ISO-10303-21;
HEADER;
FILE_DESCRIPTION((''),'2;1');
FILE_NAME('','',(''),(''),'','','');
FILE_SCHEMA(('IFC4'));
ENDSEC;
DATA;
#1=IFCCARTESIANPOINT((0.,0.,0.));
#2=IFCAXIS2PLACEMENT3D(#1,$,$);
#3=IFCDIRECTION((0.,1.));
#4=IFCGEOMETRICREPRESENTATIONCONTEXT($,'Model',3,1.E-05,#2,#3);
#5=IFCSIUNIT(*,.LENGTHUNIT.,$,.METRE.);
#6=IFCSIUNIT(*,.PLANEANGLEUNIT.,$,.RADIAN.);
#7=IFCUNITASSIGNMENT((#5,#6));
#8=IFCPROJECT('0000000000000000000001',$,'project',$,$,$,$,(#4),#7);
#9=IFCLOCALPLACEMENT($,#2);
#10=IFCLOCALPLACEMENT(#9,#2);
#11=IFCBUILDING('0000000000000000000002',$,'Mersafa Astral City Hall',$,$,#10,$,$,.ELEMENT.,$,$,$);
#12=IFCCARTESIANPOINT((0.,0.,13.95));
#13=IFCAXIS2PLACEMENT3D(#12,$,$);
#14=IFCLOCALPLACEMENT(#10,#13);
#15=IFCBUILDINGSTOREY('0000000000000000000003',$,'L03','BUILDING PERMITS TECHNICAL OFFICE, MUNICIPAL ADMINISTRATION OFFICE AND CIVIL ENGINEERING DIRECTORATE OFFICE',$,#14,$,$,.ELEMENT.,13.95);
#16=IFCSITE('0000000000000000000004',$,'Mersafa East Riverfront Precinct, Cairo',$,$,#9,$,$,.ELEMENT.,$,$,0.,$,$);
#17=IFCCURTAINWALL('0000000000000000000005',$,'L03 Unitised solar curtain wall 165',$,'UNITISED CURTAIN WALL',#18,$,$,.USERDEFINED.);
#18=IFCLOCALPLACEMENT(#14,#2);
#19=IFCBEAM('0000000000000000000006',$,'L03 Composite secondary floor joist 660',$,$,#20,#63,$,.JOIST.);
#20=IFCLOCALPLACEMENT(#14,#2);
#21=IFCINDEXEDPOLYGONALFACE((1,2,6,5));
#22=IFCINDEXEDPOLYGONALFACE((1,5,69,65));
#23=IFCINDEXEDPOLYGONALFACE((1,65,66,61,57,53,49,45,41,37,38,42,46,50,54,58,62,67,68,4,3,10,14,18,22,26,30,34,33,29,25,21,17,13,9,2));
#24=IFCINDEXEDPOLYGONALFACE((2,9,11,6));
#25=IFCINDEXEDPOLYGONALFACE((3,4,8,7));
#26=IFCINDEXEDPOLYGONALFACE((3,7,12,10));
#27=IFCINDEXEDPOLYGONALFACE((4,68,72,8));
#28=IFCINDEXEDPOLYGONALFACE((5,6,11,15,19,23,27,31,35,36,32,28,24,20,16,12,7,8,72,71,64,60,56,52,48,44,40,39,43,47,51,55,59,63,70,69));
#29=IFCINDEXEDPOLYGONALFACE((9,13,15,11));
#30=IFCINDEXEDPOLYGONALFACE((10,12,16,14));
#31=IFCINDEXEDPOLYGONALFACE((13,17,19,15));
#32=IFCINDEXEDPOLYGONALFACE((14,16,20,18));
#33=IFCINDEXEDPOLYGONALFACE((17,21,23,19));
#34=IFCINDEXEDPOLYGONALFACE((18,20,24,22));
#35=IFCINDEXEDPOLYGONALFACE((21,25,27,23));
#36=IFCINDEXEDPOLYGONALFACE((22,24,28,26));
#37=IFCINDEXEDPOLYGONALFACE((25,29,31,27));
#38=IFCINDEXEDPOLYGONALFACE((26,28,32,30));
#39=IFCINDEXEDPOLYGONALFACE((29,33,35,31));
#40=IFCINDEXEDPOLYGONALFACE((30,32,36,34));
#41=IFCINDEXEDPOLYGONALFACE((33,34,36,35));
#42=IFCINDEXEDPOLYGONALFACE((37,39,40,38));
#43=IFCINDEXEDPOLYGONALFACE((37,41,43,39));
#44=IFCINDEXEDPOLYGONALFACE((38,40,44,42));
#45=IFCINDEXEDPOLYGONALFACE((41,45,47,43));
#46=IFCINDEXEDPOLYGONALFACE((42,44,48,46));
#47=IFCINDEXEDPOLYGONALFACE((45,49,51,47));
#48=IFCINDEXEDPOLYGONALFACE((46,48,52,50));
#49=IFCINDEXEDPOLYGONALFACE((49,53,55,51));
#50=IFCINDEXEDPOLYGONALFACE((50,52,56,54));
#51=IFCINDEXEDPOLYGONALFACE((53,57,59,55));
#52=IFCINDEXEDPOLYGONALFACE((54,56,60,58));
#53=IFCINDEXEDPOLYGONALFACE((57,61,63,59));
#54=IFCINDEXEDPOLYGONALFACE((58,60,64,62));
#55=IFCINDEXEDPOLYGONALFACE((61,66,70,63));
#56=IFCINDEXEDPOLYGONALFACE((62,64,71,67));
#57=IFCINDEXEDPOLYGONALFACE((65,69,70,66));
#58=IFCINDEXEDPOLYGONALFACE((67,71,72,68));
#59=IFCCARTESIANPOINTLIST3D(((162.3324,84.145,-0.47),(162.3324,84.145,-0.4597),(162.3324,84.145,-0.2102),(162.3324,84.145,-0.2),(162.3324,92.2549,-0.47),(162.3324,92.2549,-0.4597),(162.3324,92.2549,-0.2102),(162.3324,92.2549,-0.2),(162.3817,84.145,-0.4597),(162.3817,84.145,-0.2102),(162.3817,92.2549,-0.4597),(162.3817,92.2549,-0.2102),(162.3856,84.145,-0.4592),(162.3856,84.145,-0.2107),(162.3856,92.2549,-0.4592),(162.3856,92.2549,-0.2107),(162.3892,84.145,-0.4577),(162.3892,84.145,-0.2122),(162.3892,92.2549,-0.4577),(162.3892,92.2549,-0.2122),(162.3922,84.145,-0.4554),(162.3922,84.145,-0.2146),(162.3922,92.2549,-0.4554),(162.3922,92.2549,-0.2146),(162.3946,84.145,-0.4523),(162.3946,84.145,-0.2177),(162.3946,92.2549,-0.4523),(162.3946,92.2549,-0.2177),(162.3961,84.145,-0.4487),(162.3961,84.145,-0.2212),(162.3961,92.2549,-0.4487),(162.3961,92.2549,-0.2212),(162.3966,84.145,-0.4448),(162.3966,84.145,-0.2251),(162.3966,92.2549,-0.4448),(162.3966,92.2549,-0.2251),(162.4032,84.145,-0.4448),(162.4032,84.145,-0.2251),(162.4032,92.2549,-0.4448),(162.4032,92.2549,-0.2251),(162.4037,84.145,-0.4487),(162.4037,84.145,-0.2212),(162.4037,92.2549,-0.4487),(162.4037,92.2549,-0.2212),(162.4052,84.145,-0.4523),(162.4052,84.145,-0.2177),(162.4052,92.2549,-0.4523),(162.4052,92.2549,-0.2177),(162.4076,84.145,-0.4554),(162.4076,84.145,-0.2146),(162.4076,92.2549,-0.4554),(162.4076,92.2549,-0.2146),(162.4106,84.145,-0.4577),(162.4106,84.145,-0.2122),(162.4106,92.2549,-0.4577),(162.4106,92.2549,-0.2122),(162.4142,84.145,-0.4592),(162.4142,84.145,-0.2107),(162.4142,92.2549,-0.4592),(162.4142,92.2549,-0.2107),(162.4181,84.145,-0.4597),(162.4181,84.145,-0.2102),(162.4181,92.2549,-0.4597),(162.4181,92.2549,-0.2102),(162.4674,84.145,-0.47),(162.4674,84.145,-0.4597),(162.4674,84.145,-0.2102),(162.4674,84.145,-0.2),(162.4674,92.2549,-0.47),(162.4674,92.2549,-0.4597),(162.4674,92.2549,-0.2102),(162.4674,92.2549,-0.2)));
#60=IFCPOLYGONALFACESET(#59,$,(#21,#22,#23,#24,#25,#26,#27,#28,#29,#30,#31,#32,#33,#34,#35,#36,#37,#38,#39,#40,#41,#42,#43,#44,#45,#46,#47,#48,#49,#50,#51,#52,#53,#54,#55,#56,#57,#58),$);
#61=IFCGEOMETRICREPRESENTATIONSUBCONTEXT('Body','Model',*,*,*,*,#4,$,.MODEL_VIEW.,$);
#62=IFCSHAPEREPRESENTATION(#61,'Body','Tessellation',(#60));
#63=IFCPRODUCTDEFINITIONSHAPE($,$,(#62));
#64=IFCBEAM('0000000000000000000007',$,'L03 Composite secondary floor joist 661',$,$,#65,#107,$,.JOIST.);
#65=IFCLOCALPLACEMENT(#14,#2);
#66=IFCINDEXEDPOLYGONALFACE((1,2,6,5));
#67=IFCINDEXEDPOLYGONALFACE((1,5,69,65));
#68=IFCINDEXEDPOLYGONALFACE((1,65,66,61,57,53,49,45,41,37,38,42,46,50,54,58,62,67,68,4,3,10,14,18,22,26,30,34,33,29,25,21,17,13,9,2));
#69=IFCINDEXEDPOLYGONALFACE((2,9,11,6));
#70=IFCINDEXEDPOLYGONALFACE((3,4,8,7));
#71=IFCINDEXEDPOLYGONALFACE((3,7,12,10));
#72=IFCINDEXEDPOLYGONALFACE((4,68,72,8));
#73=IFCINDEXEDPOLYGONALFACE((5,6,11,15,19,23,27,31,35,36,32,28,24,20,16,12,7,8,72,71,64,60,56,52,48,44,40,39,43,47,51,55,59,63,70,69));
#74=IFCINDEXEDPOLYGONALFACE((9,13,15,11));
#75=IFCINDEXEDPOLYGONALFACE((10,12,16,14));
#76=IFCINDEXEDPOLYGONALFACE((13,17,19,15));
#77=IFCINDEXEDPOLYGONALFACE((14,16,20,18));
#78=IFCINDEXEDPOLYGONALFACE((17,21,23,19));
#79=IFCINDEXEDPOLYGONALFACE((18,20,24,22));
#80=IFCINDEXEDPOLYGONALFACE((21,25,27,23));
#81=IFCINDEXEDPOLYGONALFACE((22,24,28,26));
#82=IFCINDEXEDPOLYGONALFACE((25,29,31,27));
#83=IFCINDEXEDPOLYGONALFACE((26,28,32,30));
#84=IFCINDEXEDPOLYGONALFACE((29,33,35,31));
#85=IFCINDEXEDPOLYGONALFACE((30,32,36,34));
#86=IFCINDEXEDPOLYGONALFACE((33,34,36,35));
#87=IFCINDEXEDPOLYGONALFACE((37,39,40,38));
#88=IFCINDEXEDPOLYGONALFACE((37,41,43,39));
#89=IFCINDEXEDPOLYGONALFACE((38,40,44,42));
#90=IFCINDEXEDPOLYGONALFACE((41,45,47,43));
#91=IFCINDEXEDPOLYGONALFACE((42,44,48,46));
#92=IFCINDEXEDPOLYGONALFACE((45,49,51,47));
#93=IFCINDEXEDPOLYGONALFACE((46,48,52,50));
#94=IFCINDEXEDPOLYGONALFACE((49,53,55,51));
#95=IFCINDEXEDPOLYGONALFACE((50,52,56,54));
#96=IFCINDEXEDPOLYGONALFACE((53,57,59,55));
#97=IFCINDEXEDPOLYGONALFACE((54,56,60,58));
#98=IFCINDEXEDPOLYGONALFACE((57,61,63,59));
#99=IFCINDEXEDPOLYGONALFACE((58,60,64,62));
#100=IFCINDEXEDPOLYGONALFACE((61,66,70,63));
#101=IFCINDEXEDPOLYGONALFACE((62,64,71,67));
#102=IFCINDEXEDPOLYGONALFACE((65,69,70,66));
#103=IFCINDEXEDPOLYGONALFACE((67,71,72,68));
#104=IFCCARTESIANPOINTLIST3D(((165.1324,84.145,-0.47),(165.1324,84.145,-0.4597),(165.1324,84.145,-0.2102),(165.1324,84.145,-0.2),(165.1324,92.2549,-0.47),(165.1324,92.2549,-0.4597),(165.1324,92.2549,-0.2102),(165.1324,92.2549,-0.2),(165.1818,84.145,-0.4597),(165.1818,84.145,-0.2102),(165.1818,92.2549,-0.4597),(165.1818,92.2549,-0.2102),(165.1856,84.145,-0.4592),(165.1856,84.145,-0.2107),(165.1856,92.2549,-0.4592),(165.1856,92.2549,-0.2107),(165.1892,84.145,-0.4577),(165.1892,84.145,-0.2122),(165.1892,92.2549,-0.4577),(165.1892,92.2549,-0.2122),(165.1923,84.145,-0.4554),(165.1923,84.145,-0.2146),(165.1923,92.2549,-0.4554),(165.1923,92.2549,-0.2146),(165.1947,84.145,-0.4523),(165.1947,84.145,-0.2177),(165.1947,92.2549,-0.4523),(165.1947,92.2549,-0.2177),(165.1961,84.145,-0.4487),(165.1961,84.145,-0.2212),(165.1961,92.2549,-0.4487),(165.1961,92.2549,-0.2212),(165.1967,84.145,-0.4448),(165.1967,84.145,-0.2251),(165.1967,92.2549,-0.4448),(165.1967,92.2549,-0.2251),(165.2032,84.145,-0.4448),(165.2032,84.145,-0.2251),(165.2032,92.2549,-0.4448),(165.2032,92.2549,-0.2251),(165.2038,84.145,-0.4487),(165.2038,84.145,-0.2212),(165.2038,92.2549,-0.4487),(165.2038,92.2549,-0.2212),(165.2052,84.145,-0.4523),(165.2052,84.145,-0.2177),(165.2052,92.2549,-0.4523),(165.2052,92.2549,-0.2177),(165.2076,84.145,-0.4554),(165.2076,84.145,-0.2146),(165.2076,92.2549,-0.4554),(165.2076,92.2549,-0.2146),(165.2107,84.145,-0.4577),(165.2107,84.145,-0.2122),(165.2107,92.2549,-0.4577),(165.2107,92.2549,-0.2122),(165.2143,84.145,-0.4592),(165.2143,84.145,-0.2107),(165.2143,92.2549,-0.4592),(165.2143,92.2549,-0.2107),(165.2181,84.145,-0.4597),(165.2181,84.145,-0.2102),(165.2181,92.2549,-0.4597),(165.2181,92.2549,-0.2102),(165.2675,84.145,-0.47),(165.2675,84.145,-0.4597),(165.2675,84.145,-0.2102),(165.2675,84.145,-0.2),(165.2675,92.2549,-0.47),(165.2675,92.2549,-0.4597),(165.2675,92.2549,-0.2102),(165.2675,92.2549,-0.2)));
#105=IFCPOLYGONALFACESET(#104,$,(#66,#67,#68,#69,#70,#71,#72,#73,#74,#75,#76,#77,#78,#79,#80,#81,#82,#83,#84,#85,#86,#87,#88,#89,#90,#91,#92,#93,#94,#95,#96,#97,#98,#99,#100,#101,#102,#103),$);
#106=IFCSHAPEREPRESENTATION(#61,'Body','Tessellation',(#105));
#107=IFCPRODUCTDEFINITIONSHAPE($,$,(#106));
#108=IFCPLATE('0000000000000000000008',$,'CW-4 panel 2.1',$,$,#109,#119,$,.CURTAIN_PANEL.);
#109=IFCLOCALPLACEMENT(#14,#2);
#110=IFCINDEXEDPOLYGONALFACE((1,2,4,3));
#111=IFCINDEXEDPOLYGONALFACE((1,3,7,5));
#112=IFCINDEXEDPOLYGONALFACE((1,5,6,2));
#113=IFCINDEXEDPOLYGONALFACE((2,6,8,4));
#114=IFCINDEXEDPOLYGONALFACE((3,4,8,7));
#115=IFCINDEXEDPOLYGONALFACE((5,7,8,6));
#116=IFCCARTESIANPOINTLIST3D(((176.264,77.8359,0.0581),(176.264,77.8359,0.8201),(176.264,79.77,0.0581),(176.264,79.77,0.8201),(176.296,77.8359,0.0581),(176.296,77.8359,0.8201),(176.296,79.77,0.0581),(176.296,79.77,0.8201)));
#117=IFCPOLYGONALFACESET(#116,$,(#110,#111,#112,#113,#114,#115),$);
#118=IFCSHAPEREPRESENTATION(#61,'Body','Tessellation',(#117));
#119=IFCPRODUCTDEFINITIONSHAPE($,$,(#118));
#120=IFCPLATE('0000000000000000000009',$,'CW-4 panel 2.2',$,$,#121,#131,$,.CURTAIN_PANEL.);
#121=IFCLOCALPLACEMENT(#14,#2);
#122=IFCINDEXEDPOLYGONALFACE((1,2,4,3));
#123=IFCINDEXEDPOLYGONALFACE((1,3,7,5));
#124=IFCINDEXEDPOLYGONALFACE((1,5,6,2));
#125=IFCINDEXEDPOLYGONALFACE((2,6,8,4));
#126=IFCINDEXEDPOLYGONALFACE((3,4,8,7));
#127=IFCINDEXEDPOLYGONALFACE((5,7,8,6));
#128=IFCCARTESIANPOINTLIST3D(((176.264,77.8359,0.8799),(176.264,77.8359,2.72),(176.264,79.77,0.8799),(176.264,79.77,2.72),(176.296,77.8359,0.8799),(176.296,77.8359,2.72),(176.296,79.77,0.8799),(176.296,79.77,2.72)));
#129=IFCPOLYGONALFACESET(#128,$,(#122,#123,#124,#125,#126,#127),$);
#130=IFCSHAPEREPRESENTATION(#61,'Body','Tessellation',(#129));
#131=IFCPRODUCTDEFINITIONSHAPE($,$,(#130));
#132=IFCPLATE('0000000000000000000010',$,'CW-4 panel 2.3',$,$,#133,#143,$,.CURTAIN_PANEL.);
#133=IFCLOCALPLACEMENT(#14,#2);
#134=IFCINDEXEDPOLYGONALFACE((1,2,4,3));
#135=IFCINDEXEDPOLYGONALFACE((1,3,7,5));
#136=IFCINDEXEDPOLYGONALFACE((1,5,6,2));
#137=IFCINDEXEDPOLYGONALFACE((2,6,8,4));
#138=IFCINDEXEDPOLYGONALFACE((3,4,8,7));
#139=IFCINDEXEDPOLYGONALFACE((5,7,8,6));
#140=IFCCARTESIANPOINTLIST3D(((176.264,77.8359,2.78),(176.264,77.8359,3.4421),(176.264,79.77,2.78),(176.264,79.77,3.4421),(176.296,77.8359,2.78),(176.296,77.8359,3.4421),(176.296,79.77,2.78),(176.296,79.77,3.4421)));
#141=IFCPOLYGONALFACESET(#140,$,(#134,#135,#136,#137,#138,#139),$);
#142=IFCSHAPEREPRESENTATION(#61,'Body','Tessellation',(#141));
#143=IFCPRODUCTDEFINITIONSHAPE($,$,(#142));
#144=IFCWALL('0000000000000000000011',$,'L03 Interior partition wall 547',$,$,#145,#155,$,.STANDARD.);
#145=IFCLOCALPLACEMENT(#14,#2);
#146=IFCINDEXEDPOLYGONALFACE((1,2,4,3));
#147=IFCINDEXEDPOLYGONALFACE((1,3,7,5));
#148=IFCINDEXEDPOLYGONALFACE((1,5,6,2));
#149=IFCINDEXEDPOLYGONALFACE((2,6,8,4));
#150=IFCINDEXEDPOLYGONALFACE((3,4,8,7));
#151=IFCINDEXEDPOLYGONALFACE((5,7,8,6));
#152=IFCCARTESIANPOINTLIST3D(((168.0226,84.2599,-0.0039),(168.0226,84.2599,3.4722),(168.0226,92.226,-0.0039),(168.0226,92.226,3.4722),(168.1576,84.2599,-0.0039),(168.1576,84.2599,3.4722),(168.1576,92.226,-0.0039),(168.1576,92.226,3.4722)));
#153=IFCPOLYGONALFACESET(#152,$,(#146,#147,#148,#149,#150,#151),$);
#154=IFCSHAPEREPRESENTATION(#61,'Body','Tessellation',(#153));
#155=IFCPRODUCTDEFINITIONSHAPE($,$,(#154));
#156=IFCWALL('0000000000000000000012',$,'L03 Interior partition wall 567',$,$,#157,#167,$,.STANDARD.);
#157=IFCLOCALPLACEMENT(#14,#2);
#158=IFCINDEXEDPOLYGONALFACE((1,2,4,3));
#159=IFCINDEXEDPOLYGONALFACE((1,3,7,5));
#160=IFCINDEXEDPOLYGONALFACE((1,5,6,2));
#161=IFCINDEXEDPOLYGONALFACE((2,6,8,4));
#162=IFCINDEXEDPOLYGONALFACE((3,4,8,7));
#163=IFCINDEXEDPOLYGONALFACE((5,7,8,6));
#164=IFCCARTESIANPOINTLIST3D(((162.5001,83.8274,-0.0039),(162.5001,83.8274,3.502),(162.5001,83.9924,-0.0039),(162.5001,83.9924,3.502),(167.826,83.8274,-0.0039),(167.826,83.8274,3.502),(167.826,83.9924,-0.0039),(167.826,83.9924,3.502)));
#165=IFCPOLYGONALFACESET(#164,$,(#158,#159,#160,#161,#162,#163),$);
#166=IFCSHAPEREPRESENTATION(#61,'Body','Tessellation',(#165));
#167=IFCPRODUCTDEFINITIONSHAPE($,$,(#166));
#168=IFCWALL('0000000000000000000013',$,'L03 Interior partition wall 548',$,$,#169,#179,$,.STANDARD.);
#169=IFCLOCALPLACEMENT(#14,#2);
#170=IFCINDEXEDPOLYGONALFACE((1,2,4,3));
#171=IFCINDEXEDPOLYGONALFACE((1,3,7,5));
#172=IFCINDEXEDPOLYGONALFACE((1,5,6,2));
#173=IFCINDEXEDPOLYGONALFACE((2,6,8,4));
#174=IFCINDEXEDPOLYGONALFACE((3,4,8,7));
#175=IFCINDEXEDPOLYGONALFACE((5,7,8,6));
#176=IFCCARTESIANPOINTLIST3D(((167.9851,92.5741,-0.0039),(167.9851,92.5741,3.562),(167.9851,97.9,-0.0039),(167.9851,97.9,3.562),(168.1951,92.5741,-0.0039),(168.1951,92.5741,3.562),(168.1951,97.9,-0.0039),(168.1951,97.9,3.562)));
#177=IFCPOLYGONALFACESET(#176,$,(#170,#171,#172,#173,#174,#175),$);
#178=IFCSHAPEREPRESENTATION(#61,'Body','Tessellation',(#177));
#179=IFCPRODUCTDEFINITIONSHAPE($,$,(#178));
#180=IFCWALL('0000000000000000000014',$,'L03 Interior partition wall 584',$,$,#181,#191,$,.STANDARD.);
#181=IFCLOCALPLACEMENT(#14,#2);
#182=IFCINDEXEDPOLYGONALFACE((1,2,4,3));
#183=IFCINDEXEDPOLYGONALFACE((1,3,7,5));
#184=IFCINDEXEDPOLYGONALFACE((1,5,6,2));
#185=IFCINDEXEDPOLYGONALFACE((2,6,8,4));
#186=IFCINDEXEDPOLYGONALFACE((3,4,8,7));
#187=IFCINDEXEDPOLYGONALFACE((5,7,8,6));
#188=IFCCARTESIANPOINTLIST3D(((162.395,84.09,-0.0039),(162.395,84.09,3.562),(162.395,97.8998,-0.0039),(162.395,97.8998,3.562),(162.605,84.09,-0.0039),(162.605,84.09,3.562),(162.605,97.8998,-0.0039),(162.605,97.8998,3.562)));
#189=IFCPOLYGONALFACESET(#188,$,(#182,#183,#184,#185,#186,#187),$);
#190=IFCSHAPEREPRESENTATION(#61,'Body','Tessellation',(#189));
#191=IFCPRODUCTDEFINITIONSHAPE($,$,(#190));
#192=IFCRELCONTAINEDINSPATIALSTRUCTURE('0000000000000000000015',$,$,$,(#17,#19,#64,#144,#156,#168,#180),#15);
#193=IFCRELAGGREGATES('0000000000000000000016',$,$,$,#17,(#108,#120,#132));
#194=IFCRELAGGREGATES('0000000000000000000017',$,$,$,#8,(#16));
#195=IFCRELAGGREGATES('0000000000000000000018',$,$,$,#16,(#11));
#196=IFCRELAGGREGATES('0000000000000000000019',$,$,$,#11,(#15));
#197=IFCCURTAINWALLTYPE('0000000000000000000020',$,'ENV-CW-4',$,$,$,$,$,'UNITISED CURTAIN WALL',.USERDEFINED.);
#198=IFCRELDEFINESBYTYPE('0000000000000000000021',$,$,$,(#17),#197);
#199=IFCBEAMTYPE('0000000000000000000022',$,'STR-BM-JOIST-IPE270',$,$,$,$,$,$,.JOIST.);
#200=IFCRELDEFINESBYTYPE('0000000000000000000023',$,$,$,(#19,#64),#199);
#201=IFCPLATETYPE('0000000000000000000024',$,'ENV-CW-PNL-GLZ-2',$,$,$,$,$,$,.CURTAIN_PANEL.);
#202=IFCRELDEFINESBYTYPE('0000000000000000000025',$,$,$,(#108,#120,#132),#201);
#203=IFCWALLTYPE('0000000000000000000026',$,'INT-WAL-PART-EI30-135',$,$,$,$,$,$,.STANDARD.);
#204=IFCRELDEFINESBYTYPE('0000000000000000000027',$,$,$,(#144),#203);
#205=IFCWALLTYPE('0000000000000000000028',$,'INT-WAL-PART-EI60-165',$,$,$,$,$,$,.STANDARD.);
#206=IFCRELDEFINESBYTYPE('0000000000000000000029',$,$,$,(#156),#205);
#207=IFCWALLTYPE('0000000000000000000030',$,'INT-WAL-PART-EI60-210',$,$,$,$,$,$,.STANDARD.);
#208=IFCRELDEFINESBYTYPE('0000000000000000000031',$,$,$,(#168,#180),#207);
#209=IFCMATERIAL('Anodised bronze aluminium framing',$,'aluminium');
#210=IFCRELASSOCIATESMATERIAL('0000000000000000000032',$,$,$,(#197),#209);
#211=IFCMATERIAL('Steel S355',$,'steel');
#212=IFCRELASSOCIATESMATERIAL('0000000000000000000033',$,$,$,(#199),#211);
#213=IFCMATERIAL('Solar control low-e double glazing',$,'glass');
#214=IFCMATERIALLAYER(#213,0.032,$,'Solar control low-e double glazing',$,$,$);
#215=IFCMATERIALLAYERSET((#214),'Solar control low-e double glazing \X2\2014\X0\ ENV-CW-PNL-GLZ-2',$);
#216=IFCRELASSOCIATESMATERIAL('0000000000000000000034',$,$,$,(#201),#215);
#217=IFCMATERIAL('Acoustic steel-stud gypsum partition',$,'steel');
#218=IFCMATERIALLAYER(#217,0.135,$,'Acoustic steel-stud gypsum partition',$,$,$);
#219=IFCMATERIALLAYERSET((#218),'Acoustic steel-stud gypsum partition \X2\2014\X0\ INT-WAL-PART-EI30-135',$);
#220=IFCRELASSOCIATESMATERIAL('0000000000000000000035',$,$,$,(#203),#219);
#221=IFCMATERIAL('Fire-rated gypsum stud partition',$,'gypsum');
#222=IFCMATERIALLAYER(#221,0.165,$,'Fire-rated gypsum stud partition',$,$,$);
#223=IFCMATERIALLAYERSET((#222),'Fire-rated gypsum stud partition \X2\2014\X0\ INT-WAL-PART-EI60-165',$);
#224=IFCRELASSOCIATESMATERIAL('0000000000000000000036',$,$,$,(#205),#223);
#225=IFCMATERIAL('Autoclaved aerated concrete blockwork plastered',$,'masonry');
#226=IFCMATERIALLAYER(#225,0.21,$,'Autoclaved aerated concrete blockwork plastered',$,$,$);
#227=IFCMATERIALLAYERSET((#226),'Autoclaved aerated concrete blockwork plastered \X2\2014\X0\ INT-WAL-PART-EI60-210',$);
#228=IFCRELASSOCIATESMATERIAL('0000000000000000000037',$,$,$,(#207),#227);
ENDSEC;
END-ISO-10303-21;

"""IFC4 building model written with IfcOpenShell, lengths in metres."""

from ifc_helpers import new_model, si_unit, direction, frame, frame_2d, origin, origin_2d, place, context, subcontext, project, spatial, rectangle, i_section, extrude, material, layer, layer_set, material_profile, profile_set, type_object, element, aggregate, save


model = new_model("IFC4")

# Units and contexts
model_context = context("Model", 3, precision=1e-05, world=origin(), true_north=direction((0.0, 1.0)))
body_context = subcontext(model_context, "Body", "Model", "MODEL_VIEW")
ifc_project = project(units=[si_unit("LENGTHUNIT", "METRE"), si_unit("PLANEANGLEUNIT", "RADIAN")], contexts=[model_context])

# Site, building, storey
site_placement = place(None, origin())
site = spatial("IfcSite", under=ifc_project, at=site_placement, Name="Mersafa East Riverfront Precinct, Cairo", CompositionType="ELEMENT", RefElevation=0.0)
building_placement = place(site_placement, origin())
building = spatial("IfcBuilding", under=site, at=building_placement, Name="Mersafa Astral City Hall", CompositionType="ELEMENT")
storey_placement = place(building_placement, frame((0.0, 0.0, 13.95)))
storey = spatial("IfcBuildingStorey", under=building, at=storey_placement, Name="L03", Description="BUILDING PERMITS TECHNICAL OFFICE, MUNICIPAL ADMINISTRATION OFFICE AND CIVIL ENGINEERING DIRECTORATE OFFICE", CompositionType="ELEMENT", Elevation=13.95)

# Shared definitions
ifc_material_1 = material(Name="Steel S355", Category="steel")

# Curtain wall
ifc_material_2 = material(Name="Anodised bronze aluminium framing", Category="aluminium")
curtain_wall_type = type_object("IfcCurtainWallType", Name="ENV-CW-4", ElementType="UNITISED CURTAIN WALL", PredefinedType="USERDEFINED", material=ifc_material_2)
curtain_wall_placement = place(storey_placement, origin())
curtain_wall = element("IfcCurtainWall", 1, at=curtain_wall_placement, inside=storey, type_object=curtain_wall_type, Name="L03 Unitised solar curtain wall 165", ObjectType="UNITISED CURTAIN WALL", PredefinedType="USERDEFINED")

# Beams
ifc_material_profile_1 = material_profile(ifc_material_1, i_section(OverallWidth=0.135, OverallDepth=0.27, WebThickness=0.0066, FlangeThickness=0.0103, FilletRadius=0.0149, at=origin_2d()), Name="IPE 270")
ifc_profile_set_1 = profile_set([ifc_material_profile_1], Name="Steel S355")
beam_type_1 = type_object("IfcBeamType", Name="STR-BM-JOIST-IPE270", PredefinedType="JOIST", material=ifc_profile_set_1)
for number, where, z_axis, x_axis, name in (
    (2, (162.3999, 84.145, -0.335), (0.0, 1.0, 0.0), (-1.0, 0.0, 0.0), "L03 Composite secondary floor joist 660"),
    (3, (165.2, 84.145, -0.335), (0.0, 1.0, 0.0), (-1.0, 0.0, 0.0), "L03 Composite secondary floor joist 661"),
):
    element("IfcBeam", number, at=place(storey_placement, frame(where, z_axis=z_axis, x_axis=x_axis)), inside=storey, type_object=beam_type_1, Name=name, PredefinedType="JOIST", context=body_context, shape_type="SweptSolid", body=[
        extrude(i_section(OverallWidth=0.135, OverallDepth=0.27, WebThickness=0.0066, FlangeThickness=0.0103, FilletRadius=0.0149, at=origin_2d()), origin(), (0.0, 0.0, 1.0), 8.1099),
    ])

# Plates
ifc_material_3 = material(Name="Solar control low-e double glazing", Category="glass")
ifc_layer_1 = layer(ifc_material_3, 0.032, Name="Solar control low-e double glazing")
ifc_layer_set_1 = layer_set([ifc_layer_1], Name="Solar control low-e double glazing — ENV-CW-PNL-GLZ-2")
plate_type = type_object("IfcPlateType", Name="ENV-CW-PNL-GLZ-2", PredefinedType="CURTAIN_PANEL", material=ifc_layer_set_1)
plate_1_placement = place(storey_placement, frame((176.28, 78.803, 0.0581), z_axis=(0.0, 0.0, 1.0), x_axis=(0.0, 1.0, 0.0)))
plate_1 = element("IfcPlate", 4, at=plate_1_placement, type_object=plate_type, Name="CW-4 panel 2.1", PredefinedType="CURTAIN_PANEL", context=body_context, shape_type="SweptSolid", body=[
    extrude(rectangle(XDim=1.9341, YDim=0.032, at=origin_2d()), origin(), (0.0, 0.0, 1.0), 0.762),
])
plate_2_placement = place(storey_placement, frame((176.28, 78.803, 0.8799), z_axis=(0.0, 0.0, 1.0), x_axis=(0.0, 1.0, 0.0)))
plate_2 = element("IfcPlate", 5, at=plate_2_placement, type_object=plate_type, Name="CW-4 panel 2.2", PredefinedType="CURTAIN_PANEL", context=body_context, shape_type="SweptSolid", body=[
    extrude(rectangle(XDim=1.9341, YDim=0.032, at=origin_2d()), origin(), (0.0, 0.0, 1.0), 1.8401),
])
plate_3_placement = place(storey_placement, frame((176.28, 78.803, 2.78), z_axis=(0.0, 0.0, 1.0), x_axis=(0.0, 1.0, 0.0)))
plate_3 = element("IfcPlate", 6, at=plate_3_placement, type_object=plate_type, Name="CW-4 panel 2.3", PredefinedType="CURTAIN_PANEL", context=body_context, shape_type="SweptSolid", body=[
    extrude(rectangle(XDim=1.9341, YDim=0.032, at=origin_2d()), origin(), (0.0, 0.0, 1.0), 0.6621),
])
aggregate(curtain_wall, [plate_1, plate_2, plate_3])

# Walls
ifc_material_4 = material(Name="Acoustic steel-stud gypsum partition", Category="steel")
ifc_layer_2 = layer(ifc_material_4, 0.135, Name="Acoustic steel-stud gypsum partition")
ifc_layer_set_2 = layer_set([ifc_layer_2], Name="Acoustic steel-stud gypsum partition — INT-WAL-PART-EI30-135")
wall_type_1 = type_object("IfcWallType", Name="INT-WAL-PART-EI30-135", PredefinedType="STANDARD", material=ifc_layer_set_2)
wall_1_placement = place(storey_placement, frame((168.0901, 84.26, -0.0039), z_axis=(0.0, 0.0, 1.0), x_axis=(0.0, 1.0, 0.0)))
element("IfcWall", 7, at=wall_1_placement, inside=storey, type_object=wall_type_1, Name="L03 Interior partition wall 547", PredefinedType="STANDARD", context=body_context, shape_type="SweptSolid", body=[
    extrude(rectangle(XDim=7.9661, YDim=0.135, at=frame_2d((3.9829, 0.0))), origin(), (0.0, 0.0, 1.0), 3.4761),
])
ifc_material_5 = material(Name="Fire-rated gypsum stud partition", Category="gypsum")
ifc_layer_3 = layer(ifc_material_5, 0.165, Name="Fire-rated gypsum stud partition")
ifc_layer_set_3 = layer_set([ifc_layer_3], Name="Fire-rated gypsum stud partition — INT-WAL-PART-EI60-165")
wall_type_2 = type_object("IfcWallType", Name="INT-WAL-PART-EI60-165", PredefinedType="STANDARD", material=ifc_layer_set_3)
wall_2_placement = place(storey_placement, frame((162.5, 83.9099, -0.0039), z_axis=(0.0, 0.0, 1.0), x_axis=(1.0, 0.0, 0.0)))
element("IfcWall", 8, at=wall_2_placement, inside=storey, type_object=wall_type_2, Name="L03 Interior partition wall 567", PredefinedType="STANDARD", context=body_context, shape_type="SweptSolid", body=[
    extrude(rectangle(XDim=5.3259, YDim=0.165, at=frame_2d((2.6631, 0.0))), origin(), (0.0, 0.0, 1.0), 3.5059),
])
ifc_material_6 = material(Name="Autoclaved aerated concrete blockwork plastered", Category="masonry")
ifc_layer_4 = layer(ifc_material_6, 0.21, Name="Autoclaved aerated concrete blockwork plastered")
ifc_layer_set_4 = layer_set([ifc_layer_4], Name="Autoclaved aerated concrete blockwork plastered — INT-WAL-PART-EI60-210")
wall_type_3 = type_object("IfcWallType", Name="INT-WAL-PART-EI60-210", PredefinedType="STANDARD", material=ifc_layer_set_4)
wall_3_placement = place(storey_placement, frame((168.0901, 92.574, -0.0039), z_axis=(0.0, 0.0, 1.0), x_axis=(0.0, 1.0, 0.0)))
element("IfcWall", 9, at=wall_3_placement, inside=storey, type_object=wall_type_3, Name="L03 Interior partition wall 548", PredefinedType="STANDARD", context=body_context, shape_type="SweptSolid", body=[
    extrude(rectangle(XDim=5.3259, YDim=0.21, at=frame_2d((2.6631, 0.0))), origin(), (0.0, 0.0, 1.0), 3.5659),
])
wall_4_placement = place(storey_placement, frame((162.5, 84.0901, -0.0039), z_axis=(0.0, 0.0, 1.0), x_axis=(0.0, 1.0, 0.0)))
element("IfcWall", 10, at=wall_4_placement, inside=storey, type_object=wall_type_3, Name="L03 Interior partition wall 584", PredefinedType="STANDARD", context=body_context, shape_type="SweptSolid", body=[
    extrude(rectangle(XDim=13.8098, YDim=0.21, at=frame_2d((6.9048, 0.0))), origin(), (0.0, 0.0, 1.0), 3.5659),
])

save(model, "model.ifc")
